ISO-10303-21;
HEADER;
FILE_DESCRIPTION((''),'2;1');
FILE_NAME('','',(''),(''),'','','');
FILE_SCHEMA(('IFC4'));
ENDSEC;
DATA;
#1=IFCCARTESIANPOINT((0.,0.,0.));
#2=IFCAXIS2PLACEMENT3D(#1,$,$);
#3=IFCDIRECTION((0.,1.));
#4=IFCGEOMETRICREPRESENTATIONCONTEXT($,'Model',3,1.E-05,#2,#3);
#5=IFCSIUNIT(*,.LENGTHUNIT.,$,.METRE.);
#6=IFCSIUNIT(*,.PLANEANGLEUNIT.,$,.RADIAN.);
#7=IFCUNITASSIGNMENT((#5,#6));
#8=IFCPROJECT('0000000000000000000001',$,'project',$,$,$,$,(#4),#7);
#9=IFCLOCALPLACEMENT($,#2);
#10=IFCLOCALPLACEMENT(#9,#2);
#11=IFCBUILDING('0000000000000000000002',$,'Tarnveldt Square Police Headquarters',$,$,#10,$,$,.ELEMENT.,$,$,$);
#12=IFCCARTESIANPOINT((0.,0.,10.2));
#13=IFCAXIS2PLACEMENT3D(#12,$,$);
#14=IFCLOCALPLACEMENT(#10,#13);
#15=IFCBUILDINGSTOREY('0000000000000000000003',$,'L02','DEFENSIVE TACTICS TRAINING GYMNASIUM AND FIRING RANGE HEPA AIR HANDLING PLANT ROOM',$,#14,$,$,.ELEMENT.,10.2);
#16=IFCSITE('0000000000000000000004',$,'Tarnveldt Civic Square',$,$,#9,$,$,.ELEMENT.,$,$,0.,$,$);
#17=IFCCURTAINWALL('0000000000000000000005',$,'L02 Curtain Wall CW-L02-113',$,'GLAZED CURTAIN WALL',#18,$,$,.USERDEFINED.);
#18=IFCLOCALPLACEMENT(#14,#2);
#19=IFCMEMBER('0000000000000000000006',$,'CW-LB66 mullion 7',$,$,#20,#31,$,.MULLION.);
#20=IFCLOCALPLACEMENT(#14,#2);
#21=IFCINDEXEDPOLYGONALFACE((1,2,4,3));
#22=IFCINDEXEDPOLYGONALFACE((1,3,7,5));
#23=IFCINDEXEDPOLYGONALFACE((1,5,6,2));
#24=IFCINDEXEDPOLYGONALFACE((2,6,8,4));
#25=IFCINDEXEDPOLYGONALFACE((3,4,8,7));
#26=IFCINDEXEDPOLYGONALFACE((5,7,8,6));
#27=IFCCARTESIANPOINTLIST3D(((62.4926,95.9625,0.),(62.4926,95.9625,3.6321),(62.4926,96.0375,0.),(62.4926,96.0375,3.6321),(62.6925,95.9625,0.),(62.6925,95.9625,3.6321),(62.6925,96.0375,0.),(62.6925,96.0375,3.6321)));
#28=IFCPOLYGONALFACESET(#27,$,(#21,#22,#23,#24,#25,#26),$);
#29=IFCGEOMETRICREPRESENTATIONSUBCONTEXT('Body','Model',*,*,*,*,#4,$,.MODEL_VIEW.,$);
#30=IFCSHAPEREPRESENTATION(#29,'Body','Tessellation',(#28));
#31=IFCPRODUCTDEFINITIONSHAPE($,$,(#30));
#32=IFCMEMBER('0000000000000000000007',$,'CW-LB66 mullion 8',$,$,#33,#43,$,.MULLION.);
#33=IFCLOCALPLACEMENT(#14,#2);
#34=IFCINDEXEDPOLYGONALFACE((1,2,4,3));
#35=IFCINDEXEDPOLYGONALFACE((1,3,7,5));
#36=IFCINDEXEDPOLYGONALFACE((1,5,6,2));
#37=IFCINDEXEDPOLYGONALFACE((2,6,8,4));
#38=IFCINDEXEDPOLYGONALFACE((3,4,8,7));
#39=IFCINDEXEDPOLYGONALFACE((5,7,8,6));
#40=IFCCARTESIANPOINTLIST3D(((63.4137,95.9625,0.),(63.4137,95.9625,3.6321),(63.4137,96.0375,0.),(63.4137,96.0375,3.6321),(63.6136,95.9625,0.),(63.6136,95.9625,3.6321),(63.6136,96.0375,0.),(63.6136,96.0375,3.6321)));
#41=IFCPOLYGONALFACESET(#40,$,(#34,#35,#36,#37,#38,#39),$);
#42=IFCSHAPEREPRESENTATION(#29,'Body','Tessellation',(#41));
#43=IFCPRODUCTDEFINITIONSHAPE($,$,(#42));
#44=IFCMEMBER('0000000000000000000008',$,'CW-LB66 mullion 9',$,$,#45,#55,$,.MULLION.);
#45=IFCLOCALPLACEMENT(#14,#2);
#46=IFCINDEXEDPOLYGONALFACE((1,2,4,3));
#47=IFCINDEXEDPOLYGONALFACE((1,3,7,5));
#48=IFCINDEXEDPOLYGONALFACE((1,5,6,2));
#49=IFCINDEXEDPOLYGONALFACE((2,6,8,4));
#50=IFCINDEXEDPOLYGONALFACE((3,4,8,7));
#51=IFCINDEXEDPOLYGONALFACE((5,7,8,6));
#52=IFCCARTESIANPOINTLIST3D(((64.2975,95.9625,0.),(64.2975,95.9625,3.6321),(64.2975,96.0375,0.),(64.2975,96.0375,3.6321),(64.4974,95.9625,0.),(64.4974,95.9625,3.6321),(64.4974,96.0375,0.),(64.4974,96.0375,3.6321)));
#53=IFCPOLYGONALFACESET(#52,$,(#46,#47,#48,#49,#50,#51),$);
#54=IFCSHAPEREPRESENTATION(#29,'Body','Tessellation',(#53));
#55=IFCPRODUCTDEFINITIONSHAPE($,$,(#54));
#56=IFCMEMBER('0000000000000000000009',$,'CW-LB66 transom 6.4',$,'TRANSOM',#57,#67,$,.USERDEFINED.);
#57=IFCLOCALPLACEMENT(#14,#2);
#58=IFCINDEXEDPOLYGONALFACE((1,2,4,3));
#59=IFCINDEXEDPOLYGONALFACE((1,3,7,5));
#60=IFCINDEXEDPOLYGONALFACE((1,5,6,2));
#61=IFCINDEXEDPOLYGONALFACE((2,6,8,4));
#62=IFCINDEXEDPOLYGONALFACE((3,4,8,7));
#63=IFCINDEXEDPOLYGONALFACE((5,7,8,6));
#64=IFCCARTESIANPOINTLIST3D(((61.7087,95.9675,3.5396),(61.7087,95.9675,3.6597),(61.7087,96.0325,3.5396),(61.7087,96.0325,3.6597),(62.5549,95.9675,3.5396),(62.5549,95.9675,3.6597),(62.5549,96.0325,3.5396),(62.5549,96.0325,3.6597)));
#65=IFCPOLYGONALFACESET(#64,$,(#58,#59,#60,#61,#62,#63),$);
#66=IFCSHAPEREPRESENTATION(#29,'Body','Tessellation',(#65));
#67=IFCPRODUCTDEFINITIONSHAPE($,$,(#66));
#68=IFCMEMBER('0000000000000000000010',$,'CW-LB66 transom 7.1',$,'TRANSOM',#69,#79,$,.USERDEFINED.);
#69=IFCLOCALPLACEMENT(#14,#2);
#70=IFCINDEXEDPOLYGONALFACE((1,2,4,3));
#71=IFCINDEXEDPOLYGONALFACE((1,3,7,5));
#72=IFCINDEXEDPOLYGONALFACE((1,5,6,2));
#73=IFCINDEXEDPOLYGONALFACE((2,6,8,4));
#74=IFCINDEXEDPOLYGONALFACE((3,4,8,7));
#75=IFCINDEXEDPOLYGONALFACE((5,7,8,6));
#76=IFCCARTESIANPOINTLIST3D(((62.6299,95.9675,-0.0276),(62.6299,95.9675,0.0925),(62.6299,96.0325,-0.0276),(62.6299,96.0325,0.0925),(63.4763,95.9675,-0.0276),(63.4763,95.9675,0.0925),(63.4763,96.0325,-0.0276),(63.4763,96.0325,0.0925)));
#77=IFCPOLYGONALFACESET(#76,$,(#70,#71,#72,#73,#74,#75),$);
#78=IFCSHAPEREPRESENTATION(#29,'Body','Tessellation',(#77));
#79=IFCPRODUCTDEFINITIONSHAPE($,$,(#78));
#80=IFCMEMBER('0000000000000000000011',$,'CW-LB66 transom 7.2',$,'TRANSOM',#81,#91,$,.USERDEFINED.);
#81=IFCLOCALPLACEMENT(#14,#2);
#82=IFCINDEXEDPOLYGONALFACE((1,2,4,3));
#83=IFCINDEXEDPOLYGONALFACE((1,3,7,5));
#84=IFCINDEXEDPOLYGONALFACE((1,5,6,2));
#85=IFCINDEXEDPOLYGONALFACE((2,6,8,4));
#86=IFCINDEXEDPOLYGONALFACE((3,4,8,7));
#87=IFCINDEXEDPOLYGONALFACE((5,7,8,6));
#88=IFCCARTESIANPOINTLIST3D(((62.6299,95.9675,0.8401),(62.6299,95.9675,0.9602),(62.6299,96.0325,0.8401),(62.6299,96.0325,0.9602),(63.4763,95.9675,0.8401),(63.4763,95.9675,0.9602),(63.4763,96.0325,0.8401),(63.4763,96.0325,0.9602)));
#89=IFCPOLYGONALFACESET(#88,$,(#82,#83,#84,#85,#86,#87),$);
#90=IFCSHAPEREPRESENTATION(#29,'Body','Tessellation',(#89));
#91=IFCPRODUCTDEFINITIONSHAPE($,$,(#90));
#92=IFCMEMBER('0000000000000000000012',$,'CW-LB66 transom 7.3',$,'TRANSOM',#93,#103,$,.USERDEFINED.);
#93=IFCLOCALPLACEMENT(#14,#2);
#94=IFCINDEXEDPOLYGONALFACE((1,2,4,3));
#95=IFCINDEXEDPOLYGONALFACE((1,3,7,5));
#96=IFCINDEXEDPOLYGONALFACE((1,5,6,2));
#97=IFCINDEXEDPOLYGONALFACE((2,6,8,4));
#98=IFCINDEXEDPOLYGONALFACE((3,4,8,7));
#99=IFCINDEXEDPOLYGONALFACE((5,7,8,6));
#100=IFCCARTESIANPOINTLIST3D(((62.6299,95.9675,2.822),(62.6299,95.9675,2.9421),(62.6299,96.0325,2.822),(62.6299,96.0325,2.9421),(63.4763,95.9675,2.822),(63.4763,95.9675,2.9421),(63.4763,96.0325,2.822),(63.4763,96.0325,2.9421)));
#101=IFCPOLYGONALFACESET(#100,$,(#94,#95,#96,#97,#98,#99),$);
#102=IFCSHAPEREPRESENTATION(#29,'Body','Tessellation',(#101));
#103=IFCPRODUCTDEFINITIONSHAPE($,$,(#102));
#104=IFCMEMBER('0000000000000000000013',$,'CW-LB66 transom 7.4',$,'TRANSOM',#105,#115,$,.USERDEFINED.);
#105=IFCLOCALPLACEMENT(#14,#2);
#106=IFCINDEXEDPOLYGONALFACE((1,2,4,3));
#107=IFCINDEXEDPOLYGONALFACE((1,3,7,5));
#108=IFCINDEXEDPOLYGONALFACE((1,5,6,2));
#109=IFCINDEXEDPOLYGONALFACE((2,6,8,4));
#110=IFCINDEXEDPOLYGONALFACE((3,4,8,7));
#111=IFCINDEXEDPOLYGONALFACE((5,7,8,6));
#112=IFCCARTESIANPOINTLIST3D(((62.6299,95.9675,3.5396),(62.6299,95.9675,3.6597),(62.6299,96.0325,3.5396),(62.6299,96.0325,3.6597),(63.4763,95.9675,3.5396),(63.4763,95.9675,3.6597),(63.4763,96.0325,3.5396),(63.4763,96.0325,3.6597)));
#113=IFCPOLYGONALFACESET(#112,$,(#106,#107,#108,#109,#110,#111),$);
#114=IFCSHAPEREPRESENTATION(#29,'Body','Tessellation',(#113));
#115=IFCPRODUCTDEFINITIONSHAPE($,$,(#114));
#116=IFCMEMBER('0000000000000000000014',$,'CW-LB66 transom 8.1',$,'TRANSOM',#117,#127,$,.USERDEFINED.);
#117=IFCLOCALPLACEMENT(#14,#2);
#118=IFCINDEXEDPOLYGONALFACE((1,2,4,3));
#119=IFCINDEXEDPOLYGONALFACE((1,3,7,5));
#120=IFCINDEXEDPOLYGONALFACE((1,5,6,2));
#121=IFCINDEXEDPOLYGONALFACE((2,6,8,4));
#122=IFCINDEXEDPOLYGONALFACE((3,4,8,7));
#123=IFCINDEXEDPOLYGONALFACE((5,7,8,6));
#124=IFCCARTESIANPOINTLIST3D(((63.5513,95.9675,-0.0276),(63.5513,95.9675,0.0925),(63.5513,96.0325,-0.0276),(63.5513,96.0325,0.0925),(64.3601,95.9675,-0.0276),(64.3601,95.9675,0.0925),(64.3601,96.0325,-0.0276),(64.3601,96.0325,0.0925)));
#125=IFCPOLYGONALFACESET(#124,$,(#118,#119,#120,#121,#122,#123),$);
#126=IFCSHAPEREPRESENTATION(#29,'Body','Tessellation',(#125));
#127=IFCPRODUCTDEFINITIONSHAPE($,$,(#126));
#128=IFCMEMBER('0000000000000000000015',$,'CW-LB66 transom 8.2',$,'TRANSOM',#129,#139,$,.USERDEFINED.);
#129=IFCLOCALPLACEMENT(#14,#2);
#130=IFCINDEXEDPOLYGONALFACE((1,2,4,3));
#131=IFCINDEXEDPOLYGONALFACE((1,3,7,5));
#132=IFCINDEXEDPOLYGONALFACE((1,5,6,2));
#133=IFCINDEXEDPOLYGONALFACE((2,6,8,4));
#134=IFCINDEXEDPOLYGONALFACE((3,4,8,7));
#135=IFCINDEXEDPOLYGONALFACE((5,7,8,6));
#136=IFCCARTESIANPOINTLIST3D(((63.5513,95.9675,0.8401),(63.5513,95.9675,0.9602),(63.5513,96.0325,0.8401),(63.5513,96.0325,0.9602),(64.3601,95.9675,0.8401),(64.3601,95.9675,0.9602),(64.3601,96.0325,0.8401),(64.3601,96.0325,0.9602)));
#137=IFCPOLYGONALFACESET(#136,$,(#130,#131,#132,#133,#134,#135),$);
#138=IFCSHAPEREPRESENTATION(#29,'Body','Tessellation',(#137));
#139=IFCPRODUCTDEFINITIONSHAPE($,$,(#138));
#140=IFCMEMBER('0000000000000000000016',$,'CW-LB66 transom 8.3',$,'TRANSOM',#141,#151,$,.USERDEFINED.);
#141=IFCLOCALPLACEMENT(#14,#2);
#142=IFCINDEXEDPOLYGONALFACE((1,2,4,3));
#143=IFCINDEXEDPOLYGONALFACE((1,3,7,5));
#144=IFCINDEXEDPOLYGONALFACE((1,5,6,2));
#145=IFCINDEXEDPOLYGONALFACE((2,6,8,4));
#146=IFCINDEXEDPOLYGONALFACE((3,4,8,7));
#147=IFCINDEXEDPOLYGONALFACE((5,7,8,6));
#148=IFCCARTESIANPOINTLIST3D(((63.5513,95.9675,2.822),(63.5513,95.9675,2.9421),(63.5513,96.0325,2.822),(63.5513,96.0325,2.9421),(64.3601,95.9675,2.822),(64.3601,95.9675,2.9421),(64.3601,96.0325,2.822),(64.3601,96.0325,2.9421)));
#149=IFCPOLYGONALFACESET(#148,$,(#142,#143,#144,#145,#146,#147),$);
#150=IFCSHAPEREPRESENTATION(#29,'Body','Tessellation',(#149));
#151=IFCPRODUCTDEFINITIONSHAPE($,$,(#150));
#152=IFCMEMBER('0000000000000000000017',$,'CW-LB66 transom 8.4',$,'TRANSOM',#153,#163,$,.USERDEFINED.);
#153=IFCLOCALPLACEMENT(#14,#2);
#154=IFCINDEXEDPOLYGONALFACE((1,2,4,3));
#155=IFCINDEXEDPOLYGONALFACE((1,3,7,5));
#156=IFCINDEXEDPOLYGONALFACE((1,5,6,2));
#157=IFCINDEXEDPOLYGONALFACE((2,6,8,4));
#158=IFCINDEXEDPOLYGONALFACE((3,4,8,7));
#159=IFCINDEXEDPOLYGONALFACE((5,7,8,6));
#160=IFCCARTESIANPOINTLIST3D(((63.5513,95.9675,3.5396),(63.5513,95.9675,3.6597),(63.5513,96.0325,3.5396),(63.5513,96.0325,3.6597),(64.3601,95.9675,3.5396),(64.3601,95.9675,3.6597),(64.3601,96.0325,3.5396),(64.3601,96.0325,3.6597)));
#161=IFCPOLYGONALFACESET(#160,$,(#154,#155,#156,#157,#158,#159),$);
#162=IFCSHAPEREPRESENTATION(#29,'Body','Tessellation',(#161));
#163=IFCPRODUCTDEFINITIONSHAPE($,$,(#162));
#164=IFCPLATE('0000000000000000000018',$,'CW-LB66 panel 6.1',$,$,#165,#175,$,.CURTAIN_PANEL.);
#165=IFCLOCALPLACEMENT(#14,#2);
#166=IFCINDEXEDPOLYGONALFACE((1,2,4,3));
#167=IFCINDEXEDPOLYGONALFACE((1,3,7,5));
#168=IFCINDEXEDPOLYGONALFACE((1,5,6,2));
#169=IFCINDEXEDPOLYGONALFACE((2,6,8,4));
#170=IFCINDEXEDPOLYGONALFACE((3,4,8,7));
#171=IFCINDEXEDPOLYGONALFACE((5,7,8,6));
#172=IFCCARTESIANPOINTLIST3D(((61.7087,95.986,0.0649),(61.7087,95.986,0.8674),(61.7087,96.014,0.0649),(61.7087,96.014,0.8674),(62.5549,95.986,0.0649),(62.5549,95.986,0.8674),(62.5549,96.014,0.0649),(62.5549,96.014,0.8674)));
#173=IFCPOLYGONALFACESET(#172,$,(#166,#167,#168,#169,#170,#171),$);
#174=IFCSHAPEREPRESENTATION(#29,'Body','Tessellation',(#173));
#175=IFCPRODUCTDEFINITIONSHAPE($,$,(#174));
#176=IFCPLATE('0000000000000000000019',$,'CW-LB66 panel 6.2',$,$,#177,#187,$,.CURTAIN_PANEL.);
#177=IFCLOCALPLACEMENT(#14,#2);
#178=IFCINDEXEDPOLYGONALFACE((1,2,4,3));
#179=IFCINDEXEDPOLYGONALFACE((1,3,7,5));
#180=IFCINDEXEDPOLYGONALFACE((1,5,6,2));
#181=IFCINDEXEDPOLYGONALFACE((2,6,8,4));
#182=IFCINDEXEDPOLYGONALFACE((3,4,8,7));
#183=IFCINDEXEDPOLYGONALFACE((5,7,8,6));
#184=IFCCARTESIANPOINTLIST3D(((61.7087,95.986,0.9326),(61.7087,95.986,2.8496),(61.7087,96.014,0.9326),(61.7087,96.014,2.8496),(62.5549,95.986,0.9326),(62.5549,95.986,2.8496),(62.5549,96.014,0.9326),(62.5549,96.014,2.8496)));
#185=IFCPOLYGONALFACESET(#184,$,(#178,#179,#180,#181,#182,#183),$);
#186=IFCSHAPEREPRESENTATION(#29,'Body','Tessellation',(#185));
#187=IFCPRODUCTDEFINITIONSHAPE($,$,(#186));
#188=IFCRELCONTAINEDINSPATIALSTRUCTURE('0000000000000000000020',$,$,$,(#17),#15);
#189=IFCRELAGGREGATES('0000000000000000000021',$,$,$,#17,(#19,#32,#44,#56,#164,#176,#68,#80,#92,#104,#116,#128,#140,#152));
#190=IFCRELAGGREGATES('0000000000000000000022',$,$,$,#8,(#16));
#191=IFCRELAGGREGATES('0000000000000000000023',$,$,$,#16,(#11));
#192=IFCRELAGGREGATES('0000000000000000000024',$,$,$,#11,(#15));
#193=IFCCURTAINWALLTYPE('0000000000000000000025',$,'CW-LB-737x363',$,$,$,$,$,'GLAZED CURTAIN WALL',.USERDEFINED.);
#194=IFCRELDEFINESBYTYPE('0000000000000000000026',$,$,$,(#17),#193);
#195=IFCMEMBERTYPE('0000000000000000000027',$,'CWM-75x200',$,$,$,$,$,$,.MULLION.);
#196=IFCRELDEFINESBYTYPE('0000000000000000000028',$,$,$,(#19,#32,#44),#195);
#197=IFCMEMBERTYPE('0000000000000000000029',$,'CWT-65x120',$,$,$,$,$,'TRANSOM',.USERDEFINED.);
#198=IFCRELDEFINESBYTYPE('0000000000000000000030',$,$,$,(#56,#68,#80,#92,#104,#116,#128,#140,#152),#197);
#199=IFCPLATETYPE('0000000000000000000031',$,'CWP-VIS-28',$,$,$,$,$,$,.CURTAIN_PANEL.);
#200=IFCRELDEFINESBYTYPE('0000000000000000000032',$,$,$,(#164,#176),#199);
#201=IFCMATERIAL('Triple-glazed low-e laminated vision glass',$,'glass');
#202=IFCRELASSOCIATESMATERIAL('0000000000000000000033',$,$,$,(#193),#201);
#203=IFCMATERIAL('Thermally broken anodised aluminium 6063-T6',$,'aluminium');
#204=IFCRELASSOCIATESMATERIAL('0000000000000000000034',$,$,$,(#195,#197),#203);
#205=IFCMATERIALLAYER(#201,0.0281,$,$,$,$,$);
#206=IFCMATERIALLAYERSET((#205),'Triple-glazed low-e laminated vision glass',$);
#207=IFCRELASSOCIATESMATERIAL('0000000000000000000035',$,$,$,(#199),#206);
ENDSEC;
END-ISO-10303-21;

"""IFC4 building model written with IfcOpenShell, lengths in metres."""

from ifc_helpers import new_model, si_unit, direction, frame, origin, origin_2d, place, context, subcontext, project, spatial, rectangle, extrude, material, layer, layer_set, material_profile, profile_set, type_object, element, aggregate, save


model = new_model("IFC4")

# Units and contexts
model_context = context("Model", 3, precision=1e-05, world=origin(), true_north=direction((0.0, 1.0)))
body_context = subcontext(model_context, "Body", "Model", "MODEL_VIEW")
ifc_project = project(units=[si_unit("LENGTHUNIT", "METRE"), si_unit("PLANEANGLEUNIT", "RADIAN")], contexts=[model_context])

# Site, building, storey
site_placement = place(None, origin())
site = spatial("IfcSite", under=ifc_project, at=site_placement, Name="Tarnveldt Civic Square", CompositionType="ELEMENT", RefElevation=0.0)
building_placement = place(site_placement, origin())
building = spatial("IfcBuilding", under=site, at=building_placement, Name="Tarnveldt Square Police Headquarters", CompositionType="ELEMENT")
storey_placement = place(building_placement, frame((0.0, 0.0, 10.2)))
storey = spatial("IfcBuildingStorey", under=building, at=storey_placement, Name="L02", Description="DEFENSIVE TACTICS TRAINING GYMNASIUM AND FIRING RANGE HEPA AIR HANDLING PLANT ROOM", CompositionType="ELEMENT", Elevation=10.2)

# Curtain wall, members, plates
ifc_material_1 = material(Name="Triple-glazed low-e laminated vision glass", Category="glass")
curtain_wall_type = type_object("IfcCurtainWallType", Name="CW-LB-737x363", ElementType="GLAZED CURTAIN WALL", PredefinedType="USERDEFINED", material=ifc_material_1)
curtain_wall_placement = place(storey_placement, origin())
curtain_wall = element("IfcCurtainWall", 1, at=curtain_wall_placement, inside=storey, type_object=curtain_wall_type, Name="L02 Curtain Wall CW-L02-113", ObjectType="GLAZED CURTAIN WALL", PredefinedType="USERDEFINED")
ifc_material_2 = material(Name="Thermally broken anodised aluminium 6063-T6", Category="aluminium")
ifc_material_profile_1 = material_profile(ifc_material_2, rectangle(XDim=0.075, YDim=0.2, at=origin_2d()), Name="CW-M75x200")
ifc_profile_set_1 = profile_set([ifc_material_profile_1], Name="Thermally broken anodised aluminium 6063-T6")
member_type_1 = type_object("IfcMemberType", Name="CWM-75x200", PredefinedType="MULLION", material=ifc_profile_set_1)
member_1_placement = place(storey_placement, frame((62.5925, 96.0, 0.0), z_axis=(0.0, 0.0, 1.0), x_axis=(0.0, 1.0, 0.0)))
member_1 = element("IfcMember", 2, at=member_1_placement, type_object=member_type_1, Name="CW-LB66 mullion 7", PredefinedType="MULLION", context=body_context, shape_type="SweptSolid", body=[
    extrude(rectangle(XDim=0.075, YDim=0.2, at=origin_2d()), origin(), (0.0, 0.0, 1.0), 3.6321),
])
member_2_placement = place(storey_placement, frame((63.5137, 96.0, 0.0), z_axis=(0.0, 0.0, 1.0), x_axis=(0.0, 1.0, 0.0)))
member_2 = element("IfcMember", 3, at=member_2_placement, type_object=member_type_1, Name="CW-LB66 mullion 8", PredefinedType="MULLION", context=body_context, shape_type="SweptSolid", body=[
    extrude(rectangle(XDim=0.075, YDim=0.2, at=origin_2d()), origin(), (0.0, 0.0, 1.0), 3.6321),
])
member_3_placement = place(storey_placement, frame((64.3975, 96.0, 0.0), z_axis=(0.0, 0.0, 1.0), x_axis=(0.0, 1.0, 0.0)))
member_3 = element("IfcMember", 4, at=member_3_placement, type_object=member_type_1, Name="CW-LB66 mullion 9", PredefinedType="MULLION", context=body_context, shape_type="SweptSolid", body=[
    extrude(rectangle(XDim=0.075, YDim=0.2, at=origin_2d()), origin(), (0.0, 0.0, 1.0), 3.6321),
])
ifc_material_profile_2 = material_profile(ifc_material_2, rectangle(XDim=0.0649, YDim=0.1201, at=origin_2d()), Name="CW-T65x120")
ifc_profile_set_2 = profile_set([ifc_material_profile_2], Name="Thermally broken anodised aluminium 6063-T6")
member_type_2 = type_object("IfcMemberType", Name="CWT-65x120", ElementType="TRANSOM", PredefinedType="USERDEFINED", material=ifc_profile_set_2)
member_4_placement = place(storey_placement, frame((61.7087, 96.0, 3.5996), z_axis=(1.0, 0.0, 0.0), x_axis=(0.0, 1.0, 0.0)))
member_4 = element("IfcMember", 5, at=member_4_placement, type_object=member_type_2, Name="CW-LB66 transom 6.4", ObjectType="TRANSOM", PredefinedType="USERDEFINED", context=body_context, shape_type="SweptSolid", body=[
    extrude(rectangle(XDim=0.0649, YDim=0.1201, at=origin_2d()), origin(), (0.0, 0.0, 1.0), 0.8462),
])
member_5_placement = place(storey_placement, frame((62.6299, 96.0, 0.0325), z_axis=(1.0, 0.0, 0.0), x_axis=(0.0, 1.0, 0.0)))
member_5 = element("IfcMember", 6, at=member_5_placement, type_object=member_type_2, Name="CW-LB66 transom 7.1", ObjectType="TRANSOM", PredefinedType="USERDEFINED", context=body_context, shape_type="SweptSolid", body=[
    extrude(rectangle(XDim=0.0649, YDim=0.1201, at=origin_2d()), origin(), (0.0, 0.0, 1.0), 0.8464),
])
member_6_placement = place(storey_placement, frame((62.6299, 96.0, 0.9001), z_axis=(1.0, 0.0, 0.0), x_axis=(0.0, 1.0, 0.0)))
member_6 = element("IfcMember", 7, at=member_6_placement, type_object=member_type_2, Name="CW-LB66 transom 7.2", ObjectType="TRANSOM", PredefinedType="USERDEFINED", context=body_context, shape_type="SweptSolid", body=[
    extrude(rectangle(XDim=0.0649, YDim=0.1201, at=origin_2d()), origin(), (0.0, 0.0, 1.0), 0.8464),
])
member_7_placement = place(storey_placement, frame((62.6299, 96.0, 2.8821), z_axis=(1.0, 0.0, 0.0), x_axis=(0.0, 1.0, 0.0)))
member_7 = element("IfcMember", 8, at=member_7_placement, type_object=member_type_2, Name="CW-LB66 transom 7.3", ObjectType="TRANSOM", PredefinedType="USERDEFINED", context=body_context, shape_type="SweptSolid", body=[
    extrude(rectangle(XDim=0.0649, YDim=0.1201, at=origin_2d()), origin(), (0.0, 0.0, 1.0), 0.8464),
])
member_8_placement = place(storey_placement, frame((62.6299, 96.0, 3.5996), z_axis=(1.0, 0.0, 0.0), x_axis=(0.0, 1.0, 0.0)))
member_8 = element("IfcMember", 9, at=member_8_placement, type_object=member_type_2, Name="CW-LB66 transom 7.4", ObjectType="TRANSOM", PredefinedType="USERDEFINED", context=body_context, shape_type="SweptSolid", body=[
    extrude(rectangle(XDim=0.0649, YDim=0.1201, at=origin_2d()), origin(), (0.0, 0.0, 1.0), 0.8464),
])
member_9_placement = place(storey_placement, frame((63.5513, 96.0, 0.0325), z_axis=(1.0, 0.0, 0.0), x_axis=(0.0, 1.0, 0.0)))
member_9 = element("IfcMember", 10, at=member_9_placement, type_object=member_type_2, Name="CW-LB66 transom 8.1", ObjectType="TRANSOM", PredefinedType="USERDEFINED", context=body_context, shape_type="SweptSolid", body=[
    extrude(rectangle(XDim=0.0649, YDim=0.1201, at=origin_2d()), origin(), (0.0, 0.0, 1.0), 0.8088),
])
member_10_placement = place(storey_placement, frame((63.5513, 96.0, 0.9001), z_axis=(1.0, 0.0, 0.0), x_axis=(0.0, 1.0, 0.0)))
member_10 = element("IfcMember", 11, at=member_10_placement, type_object=member_type_2, Name="CW-LB66 transom 8.2", ObjectType="TRANSOM", PredefinedType="USERDEFINED", context=body_context, shape_type="SweptSolid", body=[
    extrude(rectangle(XDim=0.0649, YDim=0.1201, at=origin_2d()), origin(), (0.0, 0.0, 1.0), 0.8088),
])
member_11_placement = place(storey_placement, frame((63.5513, 96.0, 2.8821), z_axis=(1.0, 0.0, 0.0), x_axis=(0.0, 1.0, 0.0)))
member_11 = element("IfcMember", 12, at=member_11_placement, type_object=member_type_2, Name="CW-LB66 transom 8.3", ObjectType="TRANSOM", PredefinedType="USERDEFINED", context=body_context, shape_type="SweptSolid", body=[
    extrude(rectangle(XDim=0.0649, YDim=0.1201, at=origin_2d()), origin(), (0.0, 0.0, 1.0), 0.8088),
])
member_12_placement = place(storey_placement, frame((63.5513, 96.0, 3.5996), z_axis=(1.0, 0.0, 0.0), x_axis=(0.0, 1.0, 0.0)))
member_12 = element("IfcMember", 13, at=member_12_placement, type_object=member_type_2, Name="CW-LB66 transom 8.4", ObjectType="TRANSOM", PredefinedType="USERDEFINED", context=body_context, shape_type="SweptSolid", body=[
    extrude(rectangle(XDim=0.0649, YDim=0.1201, at=origin_2d()), origin(), (0.0, 0.0, 1.0), 0.8088),
])
ifc_layer = layer(ifc_material_1, 0.0281)
ifc_layer_set = layer_set([ifc_layer], Name="Triple-glazed low-e laminated vision glass")
plate_type = type_object("IfcPlateType", Name="CWP-VIS-28", PredefinedType="CURTAIN_PANEL", material=ifc_layer_set)
plate_1_placement = place(storey_placement, frame((62.1318, 96.0, 0.0649), z_axis=(0.0, 0.0, 1.0), x_axis=(1.0, 0.0, 0.0)))
plate_1 = element("IfcPlate", 14, at=plate_1_placement, type_object=plate_type, Name="CW-LB66 panel 6.1", PredefinedType="CURTAIN_PANEL", context=body_context, shape_type="SweptSolid", body=[
    extrude(rectangle(XDim=0.8462, YDim=0.0281, at=origin_2d()), origin(), (0.0, 0.0, 1.0), 0.8025),
])
plate_2_placement = place(storey_placement, frame((62.1318, 96.0, 0.9326), z_axis=(0.0, 0.0, 1.0), x_axis=(1.0, 0.0, 0.0)))
plate_2 = element("IfcPlate", 15, at=plate_2_placement, type_object=plate_type, Name="CW-LB66 panel 6.2", PredefinedType="CURTAIN_PANEL", context=body_context, shape_type="SweptSolid", body=[
    extrude(rectangle(XDim=0.8462, YDim=0.0281, at=origin_2d()), origin(), (0.0, 0.0, 1.0), 1.917),
])
aggregate(curtain_wall, [member_1, member_2, member_3, member_4, plate_1, plate_2, member_5, member_6, member_7, member_8, member_9, member_10, member_11, member_12])

save(model, "model.ifc")
